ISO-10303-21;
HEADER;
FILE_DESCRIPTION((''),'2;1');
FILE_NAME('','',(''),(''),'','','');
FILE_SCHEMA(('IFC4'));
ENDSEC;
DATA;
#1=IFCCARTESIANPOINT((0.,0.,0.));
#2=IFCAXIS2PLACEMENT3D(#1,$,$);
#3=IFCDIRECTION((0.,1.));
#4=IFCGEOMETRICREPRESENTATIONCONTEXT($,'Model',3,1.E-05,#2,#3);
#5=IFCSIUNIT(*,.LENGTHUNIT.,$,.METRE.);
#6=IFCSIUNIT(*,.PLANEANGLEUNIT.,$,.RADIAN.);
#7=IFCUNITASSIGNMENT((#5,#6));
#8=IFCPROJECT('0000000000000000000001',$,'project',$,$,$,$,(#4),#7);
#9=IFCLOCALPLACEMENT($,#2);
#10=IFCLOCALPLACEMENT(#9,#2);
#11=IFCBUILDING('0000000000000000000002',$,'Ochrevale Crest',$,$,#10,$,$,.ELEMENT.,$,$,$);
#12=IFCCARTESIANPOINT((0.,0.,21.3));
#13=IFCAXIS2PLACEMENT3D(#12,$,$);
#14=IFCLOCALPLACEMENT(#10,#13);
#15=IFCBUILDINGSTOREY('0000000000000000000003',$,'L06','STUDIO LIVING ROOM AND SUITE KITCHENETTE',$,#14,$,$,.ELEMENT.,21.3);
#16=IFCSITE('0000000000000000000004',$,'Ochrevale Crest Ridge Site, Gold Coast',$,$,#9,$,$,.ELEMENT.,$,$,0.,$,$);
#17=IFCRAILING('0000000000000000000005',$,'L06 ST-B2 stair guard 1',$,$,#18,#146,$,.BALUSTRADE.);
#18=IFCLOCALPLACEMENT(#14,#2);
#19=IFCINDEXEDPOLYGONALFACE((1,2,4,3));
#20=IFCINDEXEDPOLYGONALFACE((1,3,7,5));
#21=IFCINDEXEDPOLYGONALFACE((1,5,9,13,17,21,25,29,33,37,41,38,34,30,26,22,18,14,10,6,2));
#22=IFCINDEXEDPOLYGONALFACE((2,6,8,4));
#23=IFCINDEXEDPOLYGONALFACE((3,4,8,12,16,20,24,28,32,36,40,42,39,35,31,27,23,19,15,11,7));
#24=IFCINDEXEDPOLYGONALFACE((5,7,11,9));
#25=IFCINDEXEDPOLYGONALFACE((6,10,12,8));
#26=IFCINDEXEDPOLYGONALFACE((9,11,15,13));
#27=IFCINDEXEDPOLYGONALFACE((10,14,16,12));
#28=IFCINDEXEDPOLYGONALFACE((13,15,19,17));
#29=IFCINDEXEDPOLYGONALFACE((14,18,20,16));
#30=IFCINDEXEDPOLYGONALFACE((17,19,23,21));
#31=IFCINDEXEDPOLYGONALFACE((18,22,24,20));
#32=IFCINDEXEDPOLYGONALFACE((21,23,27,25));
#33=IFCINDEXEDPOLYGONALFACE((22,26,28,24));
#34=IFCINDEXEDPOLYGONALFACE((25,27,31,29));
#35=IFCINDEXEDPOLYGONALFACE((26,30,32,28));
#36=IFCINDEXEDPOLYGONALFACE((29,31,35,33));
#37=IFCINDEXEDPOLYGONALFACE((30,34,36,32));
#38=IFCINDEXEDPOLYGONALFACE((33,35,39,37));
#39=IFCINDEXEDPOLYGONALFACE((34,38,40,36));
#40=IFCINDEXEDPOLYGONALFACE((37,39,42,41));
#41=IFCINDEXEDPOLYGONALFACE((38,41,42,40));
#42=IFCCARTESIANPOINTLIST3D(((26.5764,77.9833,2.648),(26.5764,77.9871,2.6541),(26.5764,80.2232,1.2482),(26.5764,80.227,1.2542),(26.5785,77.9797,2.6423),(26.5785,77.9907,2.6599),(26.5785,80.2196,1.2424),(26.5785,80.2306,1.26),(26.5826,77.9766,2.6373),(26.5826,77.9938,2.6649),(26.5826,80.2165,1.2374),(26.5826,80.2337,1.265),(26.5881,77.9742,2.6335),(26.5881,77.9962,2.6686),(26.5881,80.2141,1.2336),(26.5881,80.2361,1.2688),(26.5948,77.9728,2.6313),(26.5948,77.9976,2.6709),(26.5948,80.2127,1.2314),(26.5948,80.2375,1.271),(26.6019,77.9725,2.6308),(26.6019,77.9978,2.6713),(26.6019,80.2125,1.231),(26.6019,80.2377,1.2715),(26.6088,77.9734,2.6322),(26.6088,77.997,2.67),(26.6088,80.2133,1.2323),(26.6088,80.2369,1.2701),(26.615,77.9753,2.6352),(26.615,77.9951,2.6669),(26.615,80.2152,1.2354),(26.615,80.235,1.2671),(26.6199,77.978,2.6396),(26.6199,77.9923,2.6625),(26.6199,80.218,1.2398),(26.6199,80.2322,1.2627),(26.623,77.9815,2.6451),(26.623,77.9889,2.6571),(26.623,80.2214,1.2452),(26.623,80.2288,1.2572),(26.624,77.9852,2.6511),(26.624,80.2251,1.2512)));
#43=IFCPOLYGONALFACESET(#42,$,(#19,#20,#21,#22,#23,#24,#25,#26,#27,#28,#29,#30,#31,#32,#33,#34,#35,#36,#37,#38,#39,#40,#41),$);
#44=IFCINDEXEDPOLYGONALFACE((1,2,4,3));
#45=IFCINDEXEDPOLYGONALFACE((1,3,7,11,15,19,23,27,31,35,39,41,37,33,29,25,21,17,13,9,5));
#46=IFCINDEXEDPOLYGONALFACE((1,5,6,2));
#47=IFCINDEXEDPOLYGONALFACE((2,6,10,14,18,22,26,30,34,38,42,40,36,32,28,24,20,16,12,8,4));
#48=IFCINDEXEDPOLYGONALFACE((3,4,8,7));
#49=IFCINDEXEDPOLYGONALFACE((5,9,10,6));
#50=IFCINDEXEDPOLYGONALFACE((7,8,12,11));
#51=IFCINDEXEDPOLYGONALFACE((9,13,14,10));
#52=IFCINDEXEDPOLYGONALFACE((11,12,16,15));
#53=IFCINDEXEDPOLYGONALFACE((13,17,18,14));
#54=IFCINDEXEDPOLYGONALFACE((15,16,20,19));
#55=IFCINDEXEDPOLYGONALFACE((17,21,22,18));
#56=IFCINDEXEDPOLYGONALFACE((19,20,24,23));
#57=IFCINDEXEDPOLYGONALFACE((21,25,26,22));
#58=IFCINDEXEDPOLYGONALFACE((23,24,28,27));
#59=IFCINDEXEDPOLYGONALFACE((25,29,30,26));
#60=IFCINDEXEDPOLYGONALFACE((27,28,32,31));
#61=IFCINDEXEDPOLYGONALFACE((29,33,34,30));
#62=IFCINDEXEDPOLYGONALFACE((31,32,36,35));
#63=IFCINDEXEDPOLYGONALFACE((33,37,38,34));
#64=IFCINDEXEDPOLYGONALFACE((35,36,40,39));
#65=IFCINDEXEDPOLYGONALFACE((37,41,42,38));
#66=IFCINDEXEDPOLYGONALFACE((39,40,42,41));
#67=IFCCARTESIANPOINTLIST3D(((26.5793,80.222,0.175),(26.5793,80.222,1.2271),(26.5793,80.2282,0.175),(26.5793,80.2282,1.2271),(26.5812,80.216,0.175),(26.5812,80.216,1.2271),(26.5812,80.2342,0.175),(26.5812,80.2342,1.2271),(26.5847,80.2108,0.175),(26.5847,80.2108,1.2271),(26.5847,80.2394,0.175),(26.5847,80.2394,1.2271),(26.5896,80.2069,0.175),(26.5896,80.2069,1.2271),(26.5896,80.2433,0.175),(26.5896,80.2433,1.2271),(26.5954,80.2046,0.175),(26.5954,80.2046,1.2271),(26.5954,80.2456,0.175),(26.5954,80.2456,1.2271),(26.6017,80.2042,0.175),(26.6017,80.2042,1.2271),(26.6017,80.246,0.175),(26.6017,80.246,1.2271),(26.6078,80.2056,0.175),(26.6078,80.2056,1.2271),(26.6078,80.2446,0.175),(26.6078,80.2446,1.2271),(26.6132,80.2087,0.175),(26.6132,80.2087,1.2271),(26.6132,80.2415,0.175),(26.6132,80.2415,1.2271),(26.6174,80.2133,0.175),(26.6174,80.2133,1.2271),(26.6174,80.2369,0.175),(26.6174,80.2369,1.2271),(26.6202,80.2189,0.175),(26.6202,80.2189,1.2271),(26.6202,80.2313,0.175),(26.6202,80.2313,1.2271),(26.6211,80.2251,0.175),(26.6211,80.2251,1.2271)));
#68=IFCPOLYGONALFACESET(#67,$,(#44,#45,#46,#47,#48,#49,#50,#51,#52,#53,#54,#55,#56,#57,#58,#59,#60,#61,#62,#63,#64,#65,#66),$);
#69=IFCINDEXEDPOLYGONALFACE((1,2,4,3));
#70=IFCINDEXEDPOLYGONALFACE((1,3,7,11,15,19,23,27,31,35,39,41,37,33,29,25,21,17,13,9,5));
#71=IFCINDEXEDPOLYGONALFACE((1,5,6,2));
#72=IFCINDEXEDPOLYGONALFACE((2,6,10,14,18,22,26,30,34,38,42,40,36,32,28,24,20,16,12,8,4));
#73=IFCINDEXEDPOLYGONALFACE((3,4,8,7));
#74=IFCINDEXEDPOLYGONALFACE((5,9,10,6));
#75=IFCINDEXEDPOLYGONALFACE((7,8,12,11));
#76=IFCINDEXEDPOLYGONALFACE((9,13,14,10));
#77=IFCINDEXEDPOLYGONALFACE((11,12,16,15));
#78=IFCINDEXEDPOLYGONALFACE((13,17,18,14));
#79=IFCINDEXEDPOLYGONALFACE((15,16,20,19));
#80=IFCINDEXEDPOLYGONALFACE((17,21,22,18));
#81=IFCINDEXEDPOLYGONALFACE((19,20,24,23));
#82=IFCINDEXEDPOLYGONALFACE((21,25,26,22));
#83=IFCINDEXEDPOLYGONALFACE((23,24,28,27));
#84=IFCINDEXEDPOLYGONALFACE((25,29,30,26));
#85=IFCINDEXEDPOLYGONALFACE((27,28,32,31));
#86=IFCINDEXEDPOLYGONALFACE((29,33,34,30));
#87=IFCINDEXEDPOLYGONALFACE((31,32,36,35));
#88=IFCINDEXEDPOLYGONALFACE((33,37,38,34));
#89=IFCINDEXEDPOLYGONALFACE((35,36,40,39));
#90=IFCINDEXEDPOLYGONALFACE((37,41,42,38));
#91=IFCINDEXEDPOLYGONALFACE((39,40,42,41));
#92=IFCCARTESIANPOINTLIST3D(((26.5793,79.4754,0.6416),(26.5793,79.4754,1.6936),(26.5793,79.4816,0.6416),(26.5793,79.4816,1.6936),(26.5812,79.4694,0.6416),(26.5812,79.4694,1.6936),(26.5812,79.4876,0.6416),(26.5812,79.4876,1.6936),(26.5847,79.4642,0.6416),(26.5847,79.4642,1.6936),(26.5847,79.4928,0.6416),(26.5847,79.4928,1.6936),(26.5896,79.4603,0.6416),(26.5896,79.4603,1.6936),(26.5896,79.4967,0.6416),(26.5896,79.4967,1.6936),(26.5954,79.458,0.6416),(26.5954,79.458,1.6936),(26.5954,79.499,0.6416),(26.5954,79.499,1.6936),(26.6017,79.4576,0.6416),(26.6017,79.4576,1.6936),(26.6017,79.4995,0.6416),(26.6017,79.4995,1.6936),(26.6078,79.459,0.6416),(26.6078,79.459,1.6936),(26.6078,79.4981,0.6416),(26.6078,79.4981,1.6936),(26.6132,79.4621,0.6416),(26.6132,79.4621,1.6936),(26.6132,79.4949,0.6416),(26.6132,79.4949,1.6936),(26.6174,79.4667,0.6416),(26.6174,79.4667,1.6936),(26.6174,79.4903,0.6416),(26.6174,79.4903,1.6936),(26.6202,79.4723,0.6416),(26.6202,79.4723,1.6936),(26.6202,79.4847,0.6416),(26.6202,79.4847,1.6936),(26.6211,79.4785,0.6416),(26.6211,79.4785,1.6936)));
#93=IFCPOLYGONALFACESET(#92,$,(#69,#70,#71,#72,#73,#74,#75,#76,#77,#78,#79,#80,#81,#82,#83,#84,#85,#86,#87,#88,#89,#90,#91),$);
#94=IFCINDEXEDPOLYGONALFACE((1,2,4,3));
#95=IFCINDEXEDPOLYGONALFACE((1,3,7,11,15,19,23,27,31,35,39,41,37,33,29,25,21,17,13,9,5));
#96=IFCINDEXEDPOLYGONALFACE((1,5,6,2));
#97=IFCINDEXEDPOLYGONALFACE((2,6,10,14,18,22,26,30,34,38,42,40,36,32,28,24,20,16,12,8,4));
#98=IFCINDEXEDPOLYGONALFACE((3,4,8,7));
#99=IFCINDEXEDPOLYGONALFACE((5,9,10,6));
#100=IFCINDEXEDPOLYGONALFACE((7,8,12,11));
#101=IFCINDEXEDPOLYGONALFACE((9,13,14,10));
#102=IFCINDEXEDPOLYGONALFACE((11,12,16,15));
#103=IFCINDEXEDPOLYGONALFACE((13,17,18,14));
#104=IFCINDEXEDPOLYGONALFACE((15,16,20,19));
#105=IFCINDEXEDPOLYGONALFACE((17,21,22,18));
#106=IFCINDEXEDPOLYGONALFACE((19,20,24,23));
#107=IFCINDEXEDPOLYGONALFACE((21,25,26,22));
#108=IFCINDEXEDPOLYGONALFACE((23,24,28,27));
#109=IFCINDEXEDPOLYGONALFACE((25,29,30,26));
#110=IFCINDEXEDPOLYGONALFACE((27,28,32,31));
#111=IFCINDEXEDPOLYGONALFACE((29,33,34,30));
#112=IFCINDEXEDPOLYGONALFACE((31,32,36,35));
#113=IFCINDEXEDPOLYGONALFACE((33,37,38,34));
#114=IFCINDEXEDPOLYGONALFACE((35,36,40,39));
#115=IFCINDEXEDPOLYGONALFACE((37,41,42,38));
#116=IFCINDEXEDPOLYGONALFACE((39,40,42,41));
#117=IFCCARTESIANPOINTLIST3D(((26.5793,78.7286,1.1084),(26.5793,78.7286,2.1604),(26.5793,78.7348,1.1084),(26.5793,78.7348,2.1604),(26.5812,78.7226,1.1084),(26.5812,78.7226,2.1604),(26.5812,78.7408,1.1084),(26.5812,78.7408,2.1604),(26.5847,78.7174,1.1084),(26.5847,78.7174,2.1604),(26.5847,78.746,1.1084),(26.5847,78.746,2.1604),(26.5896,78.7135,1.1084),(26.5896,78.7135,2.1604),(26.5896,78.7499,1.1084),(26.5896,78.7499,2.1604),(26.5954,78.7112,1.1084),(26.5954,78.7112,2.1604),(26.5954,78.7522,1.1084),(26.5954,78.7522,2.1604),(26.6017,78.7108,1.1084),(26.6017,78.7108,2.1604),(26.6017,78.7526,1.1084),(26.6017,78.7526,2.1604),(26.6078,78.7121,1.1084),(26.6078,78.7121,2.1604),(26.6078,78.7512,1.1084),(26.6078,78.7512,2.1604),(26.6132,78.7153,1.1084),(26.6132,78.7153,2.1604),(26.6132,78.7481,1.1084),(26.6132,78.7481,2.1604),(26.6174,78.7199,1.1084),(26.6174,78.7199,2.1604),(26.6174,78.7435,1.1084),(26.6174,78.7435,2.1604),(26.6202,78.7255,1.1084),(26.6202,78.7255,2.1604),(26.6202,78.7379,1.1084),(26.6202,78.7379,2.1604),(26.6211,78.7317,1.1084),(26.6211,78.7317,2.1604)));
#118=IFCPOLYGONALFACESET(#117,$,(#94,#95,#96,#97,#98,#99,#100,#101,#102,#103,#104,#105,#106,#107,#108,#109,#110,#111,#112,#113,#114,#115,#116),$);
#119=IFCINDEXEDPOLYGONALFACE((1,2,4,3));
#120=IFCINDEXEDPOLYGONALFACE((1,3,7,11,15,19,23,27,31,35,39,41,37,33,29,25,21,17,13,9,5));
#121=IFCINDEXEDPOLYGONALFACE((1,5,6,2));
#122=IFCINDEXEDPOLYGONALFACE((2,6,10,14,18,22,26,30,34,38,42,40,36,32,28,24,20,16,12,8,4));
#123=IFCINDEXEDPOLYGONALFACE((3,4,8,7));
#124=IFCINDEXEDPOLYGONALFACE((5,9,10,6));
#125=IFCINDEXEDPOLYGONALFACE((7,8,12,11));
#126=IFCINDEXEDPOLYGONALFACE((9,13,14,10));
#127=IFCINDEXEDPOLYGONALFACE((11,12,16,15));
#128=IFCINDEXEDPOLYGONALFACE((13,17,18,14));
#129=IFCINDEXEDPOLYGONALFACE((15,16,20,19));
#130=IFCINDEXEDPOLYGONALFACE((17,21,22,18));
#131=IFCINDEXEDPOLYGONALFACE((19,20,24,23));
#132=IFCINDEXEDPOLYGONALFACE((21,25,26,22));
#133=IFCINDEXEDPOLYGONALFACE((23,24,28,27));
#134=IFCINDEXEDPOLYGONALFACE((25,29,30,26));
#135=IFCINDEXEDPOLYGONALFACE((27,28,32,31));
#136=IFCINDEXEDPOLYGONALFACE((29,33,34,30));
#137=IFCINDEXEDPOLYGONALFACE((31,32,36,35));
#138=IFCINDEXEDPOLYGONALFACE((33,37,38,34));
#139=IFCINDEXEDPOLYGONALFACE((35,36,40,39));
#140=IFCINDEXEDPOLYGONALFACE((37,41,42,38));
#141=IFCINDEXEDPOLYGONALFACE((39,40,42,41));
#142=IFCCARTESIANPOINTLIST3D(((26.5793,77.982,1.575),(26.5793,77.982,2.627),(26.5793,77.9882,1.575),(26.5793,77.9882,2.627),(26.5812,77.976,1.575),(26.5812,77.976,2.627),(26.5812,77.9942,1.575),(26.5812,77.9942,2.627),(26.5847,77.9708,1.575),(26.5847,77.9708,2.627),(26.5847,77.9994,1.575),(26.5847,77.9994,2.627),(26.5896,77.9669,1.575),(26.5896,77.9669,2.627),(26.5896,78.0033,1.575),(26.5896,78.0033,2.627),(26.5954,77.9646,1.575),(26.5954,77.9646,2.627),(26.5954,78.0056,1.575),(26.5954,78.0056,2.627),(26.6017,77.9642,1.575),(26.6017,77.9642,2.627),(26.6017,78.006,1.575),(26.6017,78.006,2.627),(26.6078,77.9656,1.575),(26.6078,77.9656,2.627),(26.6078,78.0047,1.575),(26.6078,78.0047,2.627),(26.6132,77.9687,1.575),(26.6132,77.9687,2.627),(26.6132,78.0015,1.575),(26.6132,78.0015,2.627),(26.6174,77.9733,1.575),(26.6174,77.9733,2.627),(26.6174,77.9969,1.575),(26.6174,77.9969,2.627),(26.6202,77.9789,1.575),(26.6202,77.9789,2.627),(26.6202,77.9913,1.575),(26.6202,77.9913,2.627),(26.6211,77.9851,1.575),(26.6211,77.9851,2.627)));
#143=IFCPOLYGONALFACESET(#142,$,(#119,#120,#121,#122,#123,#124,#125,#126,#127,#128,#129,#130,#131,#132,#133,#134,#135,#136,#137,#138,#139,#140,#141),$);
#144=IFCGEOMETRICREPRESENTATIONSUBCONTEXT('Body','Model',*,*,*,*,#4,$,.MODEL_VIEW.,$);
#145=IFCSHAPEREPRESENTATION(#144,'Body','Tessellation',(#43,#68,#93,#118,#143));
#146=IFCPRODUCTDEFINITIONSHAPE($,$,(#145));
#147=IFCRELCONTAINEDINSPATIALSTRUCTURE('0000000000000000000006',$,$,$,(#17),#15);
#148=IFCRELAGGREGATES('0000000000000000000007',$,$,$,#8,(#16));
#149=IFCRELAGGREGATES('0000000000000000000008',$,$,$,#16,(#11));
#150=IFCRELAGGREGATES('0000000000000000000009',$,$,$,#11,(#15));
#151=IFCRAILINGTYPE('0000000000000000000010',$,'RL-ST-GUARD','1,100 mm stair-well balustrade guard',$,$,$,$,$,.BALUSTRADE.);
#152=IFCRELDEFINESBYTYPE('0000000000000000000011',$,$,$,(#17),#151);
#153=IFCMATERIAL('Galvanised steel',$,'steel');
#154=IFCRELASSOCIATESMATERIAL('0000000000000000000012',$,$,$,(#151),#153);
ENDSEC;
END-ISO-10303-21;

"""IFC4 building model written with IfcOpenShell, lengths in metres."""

from ifc_helpers import new_model, si_unit, direction, frame, origin, origin_2d, place, context, subcontext, project, spatial, circle, extrude, material, type_object, element, save


model = new_model("IFC4")

# Units and contexts
model_context = context("Model", 3, precision=1e-05, world=origin(), true_north=direction((0.0, 1.0)))
body_context = subcontext(model_context, "Body", "Model", "MODEL_VIEW")
ifc_project = project(units=[si_unit("LENGTHUNIT", "METRE"), si_unit("PLANEANGLEUNIT", "RADIAN")], contexts=[model_context])

# Site, building, storey
site_placement = place(None, origin())
site = spatial("IfcSite", under=ifc_project, at=site_placement, Name="Ochrevale Crest Ridge Site, Gold Coast", CompositionType="ELEMENT", RefElevation=0.0)
building_placement = place(site_placement, origin())
building = spatial("IfcBuilding", under=site, at=building_placement, Name="Ochrevale Crest", CompositionType="ELEMENT")
storey_placement = place(building_placement, frame((0.0, 0.0, 21.3)))
storey = spatial("IfcBuildingStorey", under=building, at=storey_placement, Name="L06", Description="STUDIO LIVING ROOM AND SUITE KITCHENETTE", CompositionType="ELEMENT", Elevation=21.3)

# Railing
ifc_material_1 = material(Name="Galvanised steel", Category="steel")
railing_type_1 = type_object("IfcRailingType", Name="RL-ST-GUARD", Description="1,100 mm stair-well balustrade guard", PredefinedType="BALUSTRADE", material=ifc_material_1)
railing_1_placement = place(storey_placement, frame((26.6001, 80.2251, 0.175)))
element("IfcRailing", 1, at=railing_1_placement, inside=storey, type_object=railing_type_1, Name="L06 ST-B2 stair guard 1", PredefinedType="BALUSTRADE", context=body_context, shape_type="SweptSolid", body=[
    extrude(circle(Radius=0.0239, at=origin_2d()), frame((0.0, 0.0, 1.0762), z_axis=(0.0, -0.848014, 0.529974), x_axis=(1.0, 0.0, 0.0)), (0.0, 0.0, 1.0), 2.6414),
    extrude(circle(Radius=0.021, at=origin_2d()), origin(), (0.0, 0.0, 1.0), 1.052),
    extrude(circle(Radius=0.021, at=origin_2d()), frame((0.0, -0.7466, 0.4666)), (0.0, 0.0, 1.0), 1.052),
    extrude(circle(Radius=0.021, at=origin_2d()), frame((0.0, -1.4934, 0.9333)), (0.0, 0.0, 1.0), 1.052),
    extrude(circle(Radius=0.021, at=origin_2d()), frame((0.0, -2.24, 1.3999)), (0.0, 0.0, 1.0), 1.052),
])

save(model, "model.ifc")
